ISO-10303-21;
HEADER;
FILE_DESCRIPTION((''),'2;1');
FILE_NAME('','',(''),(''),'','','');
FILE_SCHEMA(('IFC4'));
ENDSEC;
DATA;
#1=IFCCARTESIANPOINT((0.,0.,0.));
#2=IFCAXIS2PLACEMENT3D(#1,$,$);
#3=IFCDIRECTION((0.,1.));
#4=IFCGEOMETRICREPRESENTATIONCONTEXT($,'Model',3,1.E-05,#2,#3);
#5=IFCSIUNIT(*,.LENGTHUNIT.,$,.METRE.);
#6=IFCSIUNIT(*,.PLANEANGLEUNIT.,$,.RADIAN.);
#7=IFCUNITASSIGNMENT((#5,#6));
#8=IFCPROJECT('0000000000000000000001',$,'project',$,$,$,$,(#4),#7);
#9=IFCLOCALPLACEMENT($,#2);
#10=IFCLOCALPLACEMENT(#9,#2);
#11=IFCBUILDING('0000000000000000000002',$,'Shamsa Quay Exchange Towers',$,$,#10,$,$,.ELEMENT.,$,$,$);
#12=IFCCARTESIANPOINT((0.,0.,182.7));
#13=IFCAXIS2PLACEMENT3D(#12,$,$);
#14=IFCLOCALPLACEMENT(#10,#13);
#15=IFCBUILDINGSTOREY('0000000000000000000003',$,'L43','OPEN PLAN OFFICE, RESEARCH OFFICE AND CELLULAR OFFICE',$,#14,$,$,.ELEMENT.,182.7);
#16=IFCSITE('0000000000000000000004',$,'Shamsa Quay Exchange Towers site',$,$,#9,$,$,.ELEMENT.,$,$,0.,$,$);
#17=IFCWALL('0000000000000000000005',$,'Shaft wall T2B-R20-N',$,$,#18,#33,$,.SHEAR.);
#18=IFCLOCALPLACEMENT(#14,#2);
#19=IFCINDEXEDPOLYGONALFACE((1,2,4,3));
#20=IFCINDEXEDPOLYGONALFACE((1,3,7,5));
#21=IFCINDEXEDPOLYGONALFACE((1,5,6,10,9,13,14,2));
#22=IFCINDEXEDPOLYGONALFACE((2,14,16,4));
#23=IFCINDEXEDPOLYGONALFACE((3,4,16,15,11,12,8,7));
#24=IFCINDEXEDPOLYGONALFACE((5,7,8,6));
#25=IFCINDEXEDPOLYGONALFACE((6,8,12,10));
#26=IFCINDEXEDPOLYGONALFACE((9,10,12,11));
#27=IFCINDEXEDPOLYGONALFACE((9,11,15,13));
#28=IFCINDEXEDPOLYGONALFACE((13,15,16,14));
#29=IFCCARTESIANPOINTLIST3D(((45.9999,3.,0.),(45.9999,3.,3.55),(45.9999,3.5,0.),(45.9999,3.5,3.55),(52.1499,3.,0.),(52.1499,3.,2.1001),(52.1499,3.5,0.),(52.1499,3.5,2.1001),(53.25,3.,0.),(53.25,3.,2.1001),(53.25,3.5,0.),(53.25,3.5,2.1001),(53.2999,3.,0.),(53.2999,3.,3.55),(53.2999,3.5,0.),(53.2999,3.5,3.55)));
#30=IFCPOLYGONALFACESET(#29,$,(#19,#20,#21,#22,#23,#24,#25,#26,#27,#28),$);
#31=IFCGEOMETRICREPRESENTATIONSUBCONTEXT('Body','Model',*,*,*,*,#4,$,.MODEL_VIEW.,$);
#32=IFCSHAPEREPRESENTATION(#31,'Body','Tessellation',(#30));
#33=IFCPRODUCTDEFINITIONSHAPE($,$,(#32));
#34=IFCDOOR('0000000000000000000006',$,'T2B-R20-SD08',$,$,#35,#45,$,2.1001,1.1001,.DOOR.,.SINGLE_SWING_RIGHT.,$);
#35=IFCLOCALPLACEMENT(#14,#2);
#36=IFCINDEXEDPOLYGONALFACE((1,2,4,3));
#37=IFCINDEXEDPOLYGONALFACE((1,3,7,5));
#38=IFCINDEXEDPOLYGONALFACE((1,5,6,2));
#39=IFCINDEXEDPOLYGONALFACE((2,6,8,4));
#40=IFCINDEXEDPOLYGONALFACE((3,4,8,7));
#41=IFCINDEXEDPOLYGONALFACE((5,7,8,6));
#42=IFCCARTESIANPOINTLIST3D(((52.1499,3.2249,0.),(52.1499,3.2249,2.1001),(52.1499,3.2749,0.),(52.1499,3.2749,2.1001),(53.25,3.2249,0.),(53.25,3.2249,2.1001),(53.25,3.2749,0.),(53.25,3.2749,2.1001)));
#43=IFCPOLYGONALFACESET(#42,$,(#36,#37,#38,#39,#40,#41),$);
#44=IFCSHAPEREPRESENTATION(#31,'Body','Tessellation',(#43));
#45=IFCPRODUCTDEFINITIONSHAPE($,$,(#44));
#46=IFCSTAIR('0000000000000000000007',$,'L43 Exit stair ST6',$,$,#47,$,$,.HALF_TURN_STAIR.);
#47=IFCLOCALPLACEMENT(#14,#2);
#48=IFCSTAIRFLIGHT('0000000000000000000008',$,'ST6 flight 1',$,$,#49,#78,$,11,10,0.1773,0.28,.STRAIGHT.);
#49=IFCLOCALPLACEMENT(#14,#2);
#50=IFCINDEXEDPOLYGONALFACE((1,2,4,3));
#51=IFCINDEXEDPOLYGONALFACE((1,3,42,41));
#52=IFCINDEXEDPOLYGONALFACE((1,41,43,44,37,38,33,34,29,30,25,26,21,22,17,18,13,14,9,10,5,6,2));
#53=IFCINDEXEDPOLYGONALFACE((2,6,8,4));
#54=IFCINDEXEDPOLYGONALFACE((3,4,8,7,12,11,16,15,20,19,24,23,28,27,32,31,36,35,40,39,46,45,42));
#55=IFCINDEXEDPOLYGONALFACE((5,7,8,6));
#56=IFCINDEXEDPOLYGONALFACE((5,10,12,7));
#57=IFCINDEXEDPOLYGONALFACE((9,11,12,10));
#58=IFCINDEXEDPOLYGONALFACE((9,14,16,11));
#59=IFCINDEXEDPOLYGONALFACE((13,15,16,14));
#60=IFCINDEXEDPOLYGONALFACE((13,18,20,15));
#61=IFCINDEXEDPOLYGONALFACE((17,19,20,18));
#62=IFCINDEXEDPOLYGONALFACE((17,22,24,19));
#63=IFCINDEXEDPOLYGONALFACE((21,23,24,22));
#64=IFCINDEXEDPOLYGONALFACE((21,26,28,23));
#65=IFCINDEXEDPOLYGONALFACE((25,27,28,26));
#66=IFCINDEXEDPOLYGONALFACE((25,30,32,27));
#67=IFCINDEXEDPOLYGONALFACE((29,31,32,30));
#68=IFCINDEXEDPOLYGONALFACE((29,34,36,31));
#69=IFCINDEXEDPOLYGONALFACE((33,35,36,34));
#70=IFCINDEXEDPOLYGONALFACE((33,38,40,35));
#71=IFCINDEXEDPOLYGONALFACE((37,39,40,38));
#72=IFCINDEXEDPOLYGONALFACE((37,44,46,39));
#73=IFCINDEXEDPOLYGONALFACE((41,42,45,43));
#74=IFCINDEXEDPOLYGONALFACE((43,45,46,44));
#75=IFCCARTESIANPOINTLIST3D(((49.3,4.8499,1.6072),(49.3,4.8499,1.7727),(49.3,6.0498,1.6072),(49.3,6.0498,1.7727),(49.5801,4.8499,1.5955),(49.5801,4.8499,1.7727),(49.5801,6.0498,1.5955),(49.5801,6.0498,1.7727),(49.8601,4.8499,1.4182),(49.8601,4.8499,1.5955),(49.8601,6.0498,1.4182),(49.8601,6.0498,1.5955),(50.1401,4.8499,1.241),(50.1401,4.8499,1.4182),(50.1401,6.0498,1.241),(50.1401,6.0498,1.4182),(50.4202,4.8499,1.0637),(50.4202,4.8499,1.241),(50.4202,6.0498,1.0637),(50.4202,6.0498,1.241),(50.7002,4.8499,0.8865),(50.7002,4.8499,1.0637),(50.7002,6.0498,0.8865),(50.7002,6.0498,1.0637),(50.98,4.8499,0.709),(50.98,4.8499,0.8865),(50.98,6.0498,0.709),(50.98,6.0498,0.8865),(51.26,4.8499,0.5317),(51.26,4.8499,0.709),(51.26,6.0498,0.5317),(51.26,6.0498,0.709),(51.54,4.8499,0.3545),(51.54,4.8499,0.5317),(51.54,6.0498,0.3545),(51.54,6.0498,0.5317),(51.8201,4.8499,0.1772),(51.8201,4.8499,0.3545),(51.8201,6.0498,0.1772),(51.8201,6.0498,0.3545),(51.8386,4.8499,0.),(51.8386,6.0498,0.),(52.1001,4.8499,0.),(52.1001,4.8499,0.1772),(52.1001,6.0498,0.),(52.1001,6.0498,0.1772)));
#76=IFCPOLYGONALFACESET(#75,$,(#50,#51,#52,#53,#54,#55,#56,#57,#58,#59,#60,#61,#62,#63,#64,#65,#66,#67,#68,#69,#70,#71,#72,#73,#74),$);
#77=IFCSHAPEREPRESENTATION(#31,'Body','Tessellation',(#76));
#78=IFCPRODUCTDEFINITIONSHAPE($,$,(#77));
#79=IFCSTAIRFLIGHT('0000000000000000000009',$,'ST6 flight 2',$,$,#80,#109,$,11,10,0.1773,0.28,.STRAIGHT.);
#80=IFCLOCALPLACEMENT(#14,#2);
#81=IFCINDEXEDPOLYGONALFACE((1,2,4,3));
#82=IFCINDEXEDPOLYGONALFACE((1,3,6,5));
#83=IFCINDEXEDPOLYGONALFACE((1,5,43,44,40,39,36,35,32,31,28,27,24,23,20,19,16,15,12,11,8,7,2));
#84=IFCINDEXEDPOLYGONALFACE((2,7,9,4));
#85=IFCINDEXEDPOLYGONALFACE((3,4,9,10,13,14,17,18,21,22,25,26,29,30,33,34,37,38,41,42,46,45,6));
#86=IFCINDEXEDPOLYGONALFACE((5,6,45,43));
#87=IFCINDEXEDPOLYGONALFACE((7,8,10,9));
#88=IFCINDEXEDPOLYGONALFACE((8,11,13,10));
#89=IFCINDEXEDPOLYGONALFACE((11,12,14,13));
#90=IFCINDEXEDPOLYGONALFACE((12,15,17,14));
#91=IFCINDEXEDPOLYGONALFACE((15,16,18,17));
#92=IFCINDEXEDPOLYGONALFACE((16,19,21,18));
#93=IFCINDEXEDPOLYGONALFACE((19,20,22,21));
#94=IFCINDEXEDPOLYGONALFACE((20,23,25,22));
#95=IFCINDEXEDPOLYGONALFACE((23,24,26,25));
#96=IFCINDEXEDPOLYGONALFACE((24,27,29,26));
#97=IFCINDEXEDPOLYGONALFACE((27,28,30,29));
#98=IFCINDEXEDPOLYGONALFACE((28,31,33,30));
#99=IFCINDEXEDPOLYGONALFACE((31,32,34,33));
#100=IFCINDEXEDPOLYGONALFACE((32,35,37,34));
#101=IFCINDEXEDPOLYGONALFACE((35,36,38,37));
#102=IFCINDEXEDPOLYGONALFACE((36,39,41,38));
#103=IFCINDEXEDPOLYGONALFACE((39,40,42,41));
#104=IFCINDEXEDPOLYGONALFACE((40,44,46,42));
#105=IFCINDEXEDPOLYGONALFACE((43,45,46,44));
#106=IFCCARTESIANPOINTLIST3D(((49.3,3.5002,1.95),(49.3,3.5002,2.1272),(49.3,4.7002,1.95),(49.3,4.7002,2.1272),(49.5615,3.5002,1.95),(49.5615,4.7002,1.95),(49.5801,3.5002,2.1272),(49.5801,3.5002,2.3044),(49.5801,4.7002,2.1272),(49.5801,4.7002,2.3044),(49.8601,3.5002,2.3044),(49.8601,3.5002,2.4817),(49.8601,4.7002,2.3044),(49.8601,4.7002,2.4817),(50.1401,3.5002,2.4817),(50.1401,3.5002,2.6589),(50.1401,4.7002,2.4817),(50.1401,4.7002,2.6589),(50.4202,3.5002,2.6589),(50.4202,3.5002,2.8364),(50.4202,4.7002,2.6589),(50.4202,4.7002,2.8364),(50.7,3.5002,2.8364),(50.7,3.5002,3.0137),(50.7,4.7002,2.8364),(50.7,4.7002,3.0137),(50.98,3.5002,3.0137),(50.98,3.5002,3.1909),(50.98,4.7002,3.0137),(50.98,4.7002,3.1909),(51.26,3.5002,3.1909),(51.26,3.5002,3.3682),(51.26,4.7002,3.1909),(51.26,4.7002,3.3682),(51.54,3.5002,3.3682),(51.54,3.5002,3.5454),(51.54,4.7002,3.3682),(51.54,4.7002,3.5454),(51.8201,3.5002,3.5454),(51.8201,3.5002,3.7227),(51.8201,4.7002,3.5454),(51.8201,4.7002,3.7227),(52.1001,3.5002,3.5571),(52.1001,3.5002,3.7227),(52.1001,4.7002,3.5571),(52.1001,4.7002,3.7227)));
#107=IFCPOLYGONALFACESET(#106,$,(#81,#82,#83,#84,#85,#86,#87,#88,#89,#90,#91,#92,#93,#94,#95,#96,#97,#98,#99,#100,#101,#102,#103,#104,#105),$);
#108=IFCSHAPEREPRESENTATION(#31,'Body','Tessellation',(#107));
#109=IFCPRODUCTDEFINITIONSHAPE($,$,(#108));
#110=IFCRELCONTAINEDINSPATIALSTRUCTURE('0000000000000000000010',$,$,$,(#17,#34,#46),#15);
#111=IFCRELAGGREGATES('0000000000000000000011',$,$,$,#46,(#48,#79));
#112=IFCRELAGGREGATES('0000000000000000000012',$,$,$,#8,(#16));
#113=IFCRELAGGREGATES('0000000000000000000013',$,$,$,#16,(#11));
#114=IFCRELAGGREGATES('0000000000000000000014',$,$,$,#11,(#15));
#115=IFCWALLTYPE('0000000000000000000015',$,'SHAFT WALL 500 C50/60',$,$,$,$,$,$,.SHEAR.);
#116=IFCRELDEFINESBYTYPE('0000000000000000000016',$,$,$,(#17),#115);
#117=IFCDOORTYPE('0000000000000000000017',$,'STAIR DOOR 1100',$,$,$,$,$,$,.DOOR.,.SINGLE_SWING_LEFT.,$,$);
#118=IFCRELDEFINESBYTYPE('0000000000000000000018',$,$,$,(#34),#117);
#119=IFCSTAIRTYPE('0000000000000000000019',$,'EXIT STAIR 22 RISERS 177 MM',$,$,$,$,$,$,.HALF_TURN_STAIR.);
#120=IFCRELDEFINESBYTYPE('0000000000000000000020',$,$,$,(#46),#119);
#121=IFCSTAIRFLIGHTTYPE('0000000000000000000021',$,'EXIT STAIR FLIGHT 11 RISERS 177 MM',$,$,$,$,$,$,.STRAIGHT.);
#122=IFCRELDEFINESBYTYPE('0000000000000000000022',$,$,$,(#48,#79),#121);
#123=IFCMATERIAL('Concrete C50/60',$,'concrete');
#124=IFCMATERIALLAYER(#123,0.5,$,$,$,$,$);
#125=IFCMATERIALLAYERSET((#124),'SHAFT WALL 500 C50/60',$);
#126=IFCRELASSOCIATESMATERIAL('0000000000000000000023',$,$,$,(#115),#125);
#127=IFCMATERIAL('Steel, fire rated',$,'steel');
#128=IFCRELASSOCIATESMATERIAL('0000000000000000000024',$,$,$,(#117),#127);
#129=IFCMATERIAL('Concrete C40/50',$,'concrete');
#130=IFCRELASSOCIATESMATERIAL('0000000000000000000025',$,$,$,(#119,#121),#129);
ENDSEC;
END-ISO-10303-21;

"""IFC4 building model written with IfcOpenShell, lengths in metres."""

from ifc_helpers import new_model, si_unit, direction, frame, frame_2d, origin, place, context, subcontext, project, spatial, polyline, rectangle, outline, extrude, material, layer, layer_set, type_object, element, fill, aggregate, save


model = new_model("IFC4")

# Units and contexts
model_context = context("Model", 3, precision=1e-05, world=origin(), true_north=direction((0.0, 1.0)))
body_context = subcontext(model_context, "Body", "Model", "MODEL_VIEW")
ifc_project = project(units=[si_unit("LENGTHUNIT", "METRE"), si_unit("PLANEANGLEUNIT", "RADIAN")], contexts=[model_context])

# Site, building, storey
site_placement = place(None, origin())
site = spatial("IfcSite", under=ifc_project, at=site_placement, Name="Shamsa Quay Exchange Towers site", CompositionType="ELEMENT", RefElevation=0.0)
building_placement = place(site_placement, origin())
building = spatial("IfcBuilding", under=site, at=building_placement, Name="Shamsa Quay Exchange Towers", CompositionType="ELEMENT")
storey_placement = place(building_placement, frame((0.0, 0.0, 182.7)))
storey = spatial("IfcBuildingStorey", under=building, at=storey_placement, Name="L43", Description="OPEN PLAN OFFICE, RESEARCH OFFICE AND CELLULAR OFFICE", CompositionType="ELEMENT", Elevation=182.7)

# Shared definitions
ifc_material_1 = material(Name="Concrete C50/60", Category="concrete")
ifc_material_2 = material(Name="Steel, fire rated", Category="steel")

# Wall, opening, door
ifc_layer_1 = layer(ifc_material_1, 0.5)
ifc_layer_set_1 = layer_set([ifc_layer_1], Name="SHAFT WALL 500 C50/60")
wall_type_1 = type_object("IfcWallType", Name="SHAFT WALL 500 C50/60", PredefinedType="SHEAR", material=ifc_layer_set_1)
wall_1_placement = place(storey_placement, frame((46.0, 3.25, 0.0)))
wall_1 = element("IfcWall", 1, at=wall_1_placement, inside=storey, type_object=wall_type_1, Name="Shaft wall T2B-R20-N", PredefinedType="SHEAR", context=body_context, shape_type="SweptSolid", body=[
    extrude(rectangle(XDim=7.3, YDim=0.5, at=frame_2d((3.6499, 0.0))), origin(), (0.0, 0.0, 1.0), 3.55),
])
opening_1_placement = place(wall_1_placement, frame((6.1499, 0.0, 0.0)))
opening_1 = element("IfcOpeningElement", 2, at=opening_1_placement, cuts=wall_1, PredefinedType="OPENING", context=body_context, shape_type="SweptSolid", body=[
    extrude(rectangle(XDim=1.1001, YDim=2.1001, at=frame_2d((0.55, 1.05))), frame((0.0, 0.26, 0.0), z_axis=(0.0, -1.0, 0.0), x_axis=(1.0, 0.0, 0.0)), (0.0, 0.0, 1.0), 0.52),
])
door_type_1 = type_object("IfcDoorType", Name="STAIR DOOR 1100", OperationType="SINGLE_SWING_LEFT", PredefinedType="DOOR", material=ifc_material_2)
door_1_placement = place(opening_1_placement, origin())
door_1 = element("IfcDoor", 3, at=door_1_placement, inside=storey, type_object=door_type_1, Name="T2B-R20-SD08", OperationType="SINGLE_SWING_RIGHT", OverallHeight=2.1001, OverallWidth=1.1001, PredefinedType="DOOR", context=body_context, shape_type="SweptSolid", body=[
    extrude(rectangle(XDim=1.1001, YDim=2.1001, at=frame_2d((0.55, 1.05))), frame((0.0, 0.0249, 0.0), z_axis=(0.0, -1.0, 0.0), x_axis=(1.0, 0.0, 0.0)), (0.0, 0.0, 1.0), 0.05),
])
fill(opening_1, door_1)

# Stair, stair flights
ifc_material_3 = material(Name="Concrete C40/50", Category="concrete")
stair_type = type_object("IfcStairType", Name="EXIT STAIR 22 RISERS 177 MM", PredefinedType="HALF_TURN_STAIR", material=ifc_material_3)
stair_placement = place(storey_placement, origin())
stair = element("IfcStair", 4, at=stair_placement, inside=storey, type_object=stair_type, Name="L43 Exit stair ST6", PredefinedType="HALF_TURN_STAIR")
stair_flight_type = type_object("IfcStairFlightType", Name="EXIT STAIR FLIGHT 11 RISERS 177 MM", PredefinedType="STRAIGHT", material=ifc_material_3)
stair_flight_1_placement = place(storey_placement, frame((52.1001, 5.45, 0.0), z_axis=(0.0, 0.0, 1.0), x_axis=(-1.0, 0.0, 0.0)))
stair_flight_1 = element("IfcStairFlight", 5, at=stair_flight_1_placement, type_object=stair_flight_type, Name="ST6 flight 1", NumberOfRisers=11, NumberOfTreads=10, PredefinedType="STRAIGHT", RiserHeight=0.1773, TreadLength=0.28, context=body_context, shape_type="SweptSolid", body=[
    extrude(outline(polyline([(0.0, 0.0), (0.0, 0.1772), (0.28, 0.1772), (0.28, 0.3545), (0.5601, 0.3545), (0.5601, 0.5317), (0.8401, 0.5317), (0.8401, 0.709), (1.1201, 0.709), (1.1201, 0.8865), (1.3999, 0.8865), (1.3999, 1.0637), (1.6799, 1.0637), (1.6799, 1.241), (1.96, 1.241), (1.96, 1.4182), (2.24, 1.4182), (2.24, 1.5955), (2.52, 1.5955), (2.52, 1.7727), (2.8, 1.7727), (2.8, 1.95), (2.8, 1.6072), (0.2615, 0.0), (0.0, 0.0)])), frame((0.0, 0.6001, 0.0), z_axis=(0.0, -1.0, 0.0), x_axis=(1.0, 0.0, 0.0)), (0.0, 0.0, 1.0), 1.2),
])
stair_flight_2_placement = place(storey_placement, frame((49.3, 4.1001, 1.95)))
stair_flight_2 = element("IfcStairFlight", 6, at=stair_flight_2_placement, type_object=stair_flight_type, Name="ST6 flight 2", NumberOfRisers=11, NumberOfTreads=10, PredefinedType="STRAIGHT", RiserHeight=0.1773, TreadLength=0.28, context=body_context, shape_type="SweptSolid", body=[
    extrude(outline(polyline([(0.0, 0.0), (0.0, 0.1772), (0.28, 0.1772), (0.28, 0.3545), (0.5601, 0.3545), (0.5601, 0.5317), (0.8401, 0.5317), (0.8401, 0.709), (1.1201, 0.709), (1.1201, 0.8865), (1.3999, 0.8865), (1.3999, 1.0637), (1.6799, 1.0637), (1.6799, 1.241), (1.96, 1.241), (1.96, 1.4182), (2.24, 1.4182), (2.24, 1.5955), (2.52, 1.5955), (2.52, 1.7727), (2.8, 1.7727), (2.8, 1.95), (2.8, 1.6072), (0.2615, 0.0), (0.0, 0.0)])), frame((0.0, 0.6001, 0.0), z_axis=(0.0, -1.0, 0.0), x_axis=(1.0, 0.0, 0.0)), (0.0, 0.0, 1.0), 1.2),
])
aggregate(stair, [stair_flight_1, stair_flight_2])

save(model, "model.ifc")
